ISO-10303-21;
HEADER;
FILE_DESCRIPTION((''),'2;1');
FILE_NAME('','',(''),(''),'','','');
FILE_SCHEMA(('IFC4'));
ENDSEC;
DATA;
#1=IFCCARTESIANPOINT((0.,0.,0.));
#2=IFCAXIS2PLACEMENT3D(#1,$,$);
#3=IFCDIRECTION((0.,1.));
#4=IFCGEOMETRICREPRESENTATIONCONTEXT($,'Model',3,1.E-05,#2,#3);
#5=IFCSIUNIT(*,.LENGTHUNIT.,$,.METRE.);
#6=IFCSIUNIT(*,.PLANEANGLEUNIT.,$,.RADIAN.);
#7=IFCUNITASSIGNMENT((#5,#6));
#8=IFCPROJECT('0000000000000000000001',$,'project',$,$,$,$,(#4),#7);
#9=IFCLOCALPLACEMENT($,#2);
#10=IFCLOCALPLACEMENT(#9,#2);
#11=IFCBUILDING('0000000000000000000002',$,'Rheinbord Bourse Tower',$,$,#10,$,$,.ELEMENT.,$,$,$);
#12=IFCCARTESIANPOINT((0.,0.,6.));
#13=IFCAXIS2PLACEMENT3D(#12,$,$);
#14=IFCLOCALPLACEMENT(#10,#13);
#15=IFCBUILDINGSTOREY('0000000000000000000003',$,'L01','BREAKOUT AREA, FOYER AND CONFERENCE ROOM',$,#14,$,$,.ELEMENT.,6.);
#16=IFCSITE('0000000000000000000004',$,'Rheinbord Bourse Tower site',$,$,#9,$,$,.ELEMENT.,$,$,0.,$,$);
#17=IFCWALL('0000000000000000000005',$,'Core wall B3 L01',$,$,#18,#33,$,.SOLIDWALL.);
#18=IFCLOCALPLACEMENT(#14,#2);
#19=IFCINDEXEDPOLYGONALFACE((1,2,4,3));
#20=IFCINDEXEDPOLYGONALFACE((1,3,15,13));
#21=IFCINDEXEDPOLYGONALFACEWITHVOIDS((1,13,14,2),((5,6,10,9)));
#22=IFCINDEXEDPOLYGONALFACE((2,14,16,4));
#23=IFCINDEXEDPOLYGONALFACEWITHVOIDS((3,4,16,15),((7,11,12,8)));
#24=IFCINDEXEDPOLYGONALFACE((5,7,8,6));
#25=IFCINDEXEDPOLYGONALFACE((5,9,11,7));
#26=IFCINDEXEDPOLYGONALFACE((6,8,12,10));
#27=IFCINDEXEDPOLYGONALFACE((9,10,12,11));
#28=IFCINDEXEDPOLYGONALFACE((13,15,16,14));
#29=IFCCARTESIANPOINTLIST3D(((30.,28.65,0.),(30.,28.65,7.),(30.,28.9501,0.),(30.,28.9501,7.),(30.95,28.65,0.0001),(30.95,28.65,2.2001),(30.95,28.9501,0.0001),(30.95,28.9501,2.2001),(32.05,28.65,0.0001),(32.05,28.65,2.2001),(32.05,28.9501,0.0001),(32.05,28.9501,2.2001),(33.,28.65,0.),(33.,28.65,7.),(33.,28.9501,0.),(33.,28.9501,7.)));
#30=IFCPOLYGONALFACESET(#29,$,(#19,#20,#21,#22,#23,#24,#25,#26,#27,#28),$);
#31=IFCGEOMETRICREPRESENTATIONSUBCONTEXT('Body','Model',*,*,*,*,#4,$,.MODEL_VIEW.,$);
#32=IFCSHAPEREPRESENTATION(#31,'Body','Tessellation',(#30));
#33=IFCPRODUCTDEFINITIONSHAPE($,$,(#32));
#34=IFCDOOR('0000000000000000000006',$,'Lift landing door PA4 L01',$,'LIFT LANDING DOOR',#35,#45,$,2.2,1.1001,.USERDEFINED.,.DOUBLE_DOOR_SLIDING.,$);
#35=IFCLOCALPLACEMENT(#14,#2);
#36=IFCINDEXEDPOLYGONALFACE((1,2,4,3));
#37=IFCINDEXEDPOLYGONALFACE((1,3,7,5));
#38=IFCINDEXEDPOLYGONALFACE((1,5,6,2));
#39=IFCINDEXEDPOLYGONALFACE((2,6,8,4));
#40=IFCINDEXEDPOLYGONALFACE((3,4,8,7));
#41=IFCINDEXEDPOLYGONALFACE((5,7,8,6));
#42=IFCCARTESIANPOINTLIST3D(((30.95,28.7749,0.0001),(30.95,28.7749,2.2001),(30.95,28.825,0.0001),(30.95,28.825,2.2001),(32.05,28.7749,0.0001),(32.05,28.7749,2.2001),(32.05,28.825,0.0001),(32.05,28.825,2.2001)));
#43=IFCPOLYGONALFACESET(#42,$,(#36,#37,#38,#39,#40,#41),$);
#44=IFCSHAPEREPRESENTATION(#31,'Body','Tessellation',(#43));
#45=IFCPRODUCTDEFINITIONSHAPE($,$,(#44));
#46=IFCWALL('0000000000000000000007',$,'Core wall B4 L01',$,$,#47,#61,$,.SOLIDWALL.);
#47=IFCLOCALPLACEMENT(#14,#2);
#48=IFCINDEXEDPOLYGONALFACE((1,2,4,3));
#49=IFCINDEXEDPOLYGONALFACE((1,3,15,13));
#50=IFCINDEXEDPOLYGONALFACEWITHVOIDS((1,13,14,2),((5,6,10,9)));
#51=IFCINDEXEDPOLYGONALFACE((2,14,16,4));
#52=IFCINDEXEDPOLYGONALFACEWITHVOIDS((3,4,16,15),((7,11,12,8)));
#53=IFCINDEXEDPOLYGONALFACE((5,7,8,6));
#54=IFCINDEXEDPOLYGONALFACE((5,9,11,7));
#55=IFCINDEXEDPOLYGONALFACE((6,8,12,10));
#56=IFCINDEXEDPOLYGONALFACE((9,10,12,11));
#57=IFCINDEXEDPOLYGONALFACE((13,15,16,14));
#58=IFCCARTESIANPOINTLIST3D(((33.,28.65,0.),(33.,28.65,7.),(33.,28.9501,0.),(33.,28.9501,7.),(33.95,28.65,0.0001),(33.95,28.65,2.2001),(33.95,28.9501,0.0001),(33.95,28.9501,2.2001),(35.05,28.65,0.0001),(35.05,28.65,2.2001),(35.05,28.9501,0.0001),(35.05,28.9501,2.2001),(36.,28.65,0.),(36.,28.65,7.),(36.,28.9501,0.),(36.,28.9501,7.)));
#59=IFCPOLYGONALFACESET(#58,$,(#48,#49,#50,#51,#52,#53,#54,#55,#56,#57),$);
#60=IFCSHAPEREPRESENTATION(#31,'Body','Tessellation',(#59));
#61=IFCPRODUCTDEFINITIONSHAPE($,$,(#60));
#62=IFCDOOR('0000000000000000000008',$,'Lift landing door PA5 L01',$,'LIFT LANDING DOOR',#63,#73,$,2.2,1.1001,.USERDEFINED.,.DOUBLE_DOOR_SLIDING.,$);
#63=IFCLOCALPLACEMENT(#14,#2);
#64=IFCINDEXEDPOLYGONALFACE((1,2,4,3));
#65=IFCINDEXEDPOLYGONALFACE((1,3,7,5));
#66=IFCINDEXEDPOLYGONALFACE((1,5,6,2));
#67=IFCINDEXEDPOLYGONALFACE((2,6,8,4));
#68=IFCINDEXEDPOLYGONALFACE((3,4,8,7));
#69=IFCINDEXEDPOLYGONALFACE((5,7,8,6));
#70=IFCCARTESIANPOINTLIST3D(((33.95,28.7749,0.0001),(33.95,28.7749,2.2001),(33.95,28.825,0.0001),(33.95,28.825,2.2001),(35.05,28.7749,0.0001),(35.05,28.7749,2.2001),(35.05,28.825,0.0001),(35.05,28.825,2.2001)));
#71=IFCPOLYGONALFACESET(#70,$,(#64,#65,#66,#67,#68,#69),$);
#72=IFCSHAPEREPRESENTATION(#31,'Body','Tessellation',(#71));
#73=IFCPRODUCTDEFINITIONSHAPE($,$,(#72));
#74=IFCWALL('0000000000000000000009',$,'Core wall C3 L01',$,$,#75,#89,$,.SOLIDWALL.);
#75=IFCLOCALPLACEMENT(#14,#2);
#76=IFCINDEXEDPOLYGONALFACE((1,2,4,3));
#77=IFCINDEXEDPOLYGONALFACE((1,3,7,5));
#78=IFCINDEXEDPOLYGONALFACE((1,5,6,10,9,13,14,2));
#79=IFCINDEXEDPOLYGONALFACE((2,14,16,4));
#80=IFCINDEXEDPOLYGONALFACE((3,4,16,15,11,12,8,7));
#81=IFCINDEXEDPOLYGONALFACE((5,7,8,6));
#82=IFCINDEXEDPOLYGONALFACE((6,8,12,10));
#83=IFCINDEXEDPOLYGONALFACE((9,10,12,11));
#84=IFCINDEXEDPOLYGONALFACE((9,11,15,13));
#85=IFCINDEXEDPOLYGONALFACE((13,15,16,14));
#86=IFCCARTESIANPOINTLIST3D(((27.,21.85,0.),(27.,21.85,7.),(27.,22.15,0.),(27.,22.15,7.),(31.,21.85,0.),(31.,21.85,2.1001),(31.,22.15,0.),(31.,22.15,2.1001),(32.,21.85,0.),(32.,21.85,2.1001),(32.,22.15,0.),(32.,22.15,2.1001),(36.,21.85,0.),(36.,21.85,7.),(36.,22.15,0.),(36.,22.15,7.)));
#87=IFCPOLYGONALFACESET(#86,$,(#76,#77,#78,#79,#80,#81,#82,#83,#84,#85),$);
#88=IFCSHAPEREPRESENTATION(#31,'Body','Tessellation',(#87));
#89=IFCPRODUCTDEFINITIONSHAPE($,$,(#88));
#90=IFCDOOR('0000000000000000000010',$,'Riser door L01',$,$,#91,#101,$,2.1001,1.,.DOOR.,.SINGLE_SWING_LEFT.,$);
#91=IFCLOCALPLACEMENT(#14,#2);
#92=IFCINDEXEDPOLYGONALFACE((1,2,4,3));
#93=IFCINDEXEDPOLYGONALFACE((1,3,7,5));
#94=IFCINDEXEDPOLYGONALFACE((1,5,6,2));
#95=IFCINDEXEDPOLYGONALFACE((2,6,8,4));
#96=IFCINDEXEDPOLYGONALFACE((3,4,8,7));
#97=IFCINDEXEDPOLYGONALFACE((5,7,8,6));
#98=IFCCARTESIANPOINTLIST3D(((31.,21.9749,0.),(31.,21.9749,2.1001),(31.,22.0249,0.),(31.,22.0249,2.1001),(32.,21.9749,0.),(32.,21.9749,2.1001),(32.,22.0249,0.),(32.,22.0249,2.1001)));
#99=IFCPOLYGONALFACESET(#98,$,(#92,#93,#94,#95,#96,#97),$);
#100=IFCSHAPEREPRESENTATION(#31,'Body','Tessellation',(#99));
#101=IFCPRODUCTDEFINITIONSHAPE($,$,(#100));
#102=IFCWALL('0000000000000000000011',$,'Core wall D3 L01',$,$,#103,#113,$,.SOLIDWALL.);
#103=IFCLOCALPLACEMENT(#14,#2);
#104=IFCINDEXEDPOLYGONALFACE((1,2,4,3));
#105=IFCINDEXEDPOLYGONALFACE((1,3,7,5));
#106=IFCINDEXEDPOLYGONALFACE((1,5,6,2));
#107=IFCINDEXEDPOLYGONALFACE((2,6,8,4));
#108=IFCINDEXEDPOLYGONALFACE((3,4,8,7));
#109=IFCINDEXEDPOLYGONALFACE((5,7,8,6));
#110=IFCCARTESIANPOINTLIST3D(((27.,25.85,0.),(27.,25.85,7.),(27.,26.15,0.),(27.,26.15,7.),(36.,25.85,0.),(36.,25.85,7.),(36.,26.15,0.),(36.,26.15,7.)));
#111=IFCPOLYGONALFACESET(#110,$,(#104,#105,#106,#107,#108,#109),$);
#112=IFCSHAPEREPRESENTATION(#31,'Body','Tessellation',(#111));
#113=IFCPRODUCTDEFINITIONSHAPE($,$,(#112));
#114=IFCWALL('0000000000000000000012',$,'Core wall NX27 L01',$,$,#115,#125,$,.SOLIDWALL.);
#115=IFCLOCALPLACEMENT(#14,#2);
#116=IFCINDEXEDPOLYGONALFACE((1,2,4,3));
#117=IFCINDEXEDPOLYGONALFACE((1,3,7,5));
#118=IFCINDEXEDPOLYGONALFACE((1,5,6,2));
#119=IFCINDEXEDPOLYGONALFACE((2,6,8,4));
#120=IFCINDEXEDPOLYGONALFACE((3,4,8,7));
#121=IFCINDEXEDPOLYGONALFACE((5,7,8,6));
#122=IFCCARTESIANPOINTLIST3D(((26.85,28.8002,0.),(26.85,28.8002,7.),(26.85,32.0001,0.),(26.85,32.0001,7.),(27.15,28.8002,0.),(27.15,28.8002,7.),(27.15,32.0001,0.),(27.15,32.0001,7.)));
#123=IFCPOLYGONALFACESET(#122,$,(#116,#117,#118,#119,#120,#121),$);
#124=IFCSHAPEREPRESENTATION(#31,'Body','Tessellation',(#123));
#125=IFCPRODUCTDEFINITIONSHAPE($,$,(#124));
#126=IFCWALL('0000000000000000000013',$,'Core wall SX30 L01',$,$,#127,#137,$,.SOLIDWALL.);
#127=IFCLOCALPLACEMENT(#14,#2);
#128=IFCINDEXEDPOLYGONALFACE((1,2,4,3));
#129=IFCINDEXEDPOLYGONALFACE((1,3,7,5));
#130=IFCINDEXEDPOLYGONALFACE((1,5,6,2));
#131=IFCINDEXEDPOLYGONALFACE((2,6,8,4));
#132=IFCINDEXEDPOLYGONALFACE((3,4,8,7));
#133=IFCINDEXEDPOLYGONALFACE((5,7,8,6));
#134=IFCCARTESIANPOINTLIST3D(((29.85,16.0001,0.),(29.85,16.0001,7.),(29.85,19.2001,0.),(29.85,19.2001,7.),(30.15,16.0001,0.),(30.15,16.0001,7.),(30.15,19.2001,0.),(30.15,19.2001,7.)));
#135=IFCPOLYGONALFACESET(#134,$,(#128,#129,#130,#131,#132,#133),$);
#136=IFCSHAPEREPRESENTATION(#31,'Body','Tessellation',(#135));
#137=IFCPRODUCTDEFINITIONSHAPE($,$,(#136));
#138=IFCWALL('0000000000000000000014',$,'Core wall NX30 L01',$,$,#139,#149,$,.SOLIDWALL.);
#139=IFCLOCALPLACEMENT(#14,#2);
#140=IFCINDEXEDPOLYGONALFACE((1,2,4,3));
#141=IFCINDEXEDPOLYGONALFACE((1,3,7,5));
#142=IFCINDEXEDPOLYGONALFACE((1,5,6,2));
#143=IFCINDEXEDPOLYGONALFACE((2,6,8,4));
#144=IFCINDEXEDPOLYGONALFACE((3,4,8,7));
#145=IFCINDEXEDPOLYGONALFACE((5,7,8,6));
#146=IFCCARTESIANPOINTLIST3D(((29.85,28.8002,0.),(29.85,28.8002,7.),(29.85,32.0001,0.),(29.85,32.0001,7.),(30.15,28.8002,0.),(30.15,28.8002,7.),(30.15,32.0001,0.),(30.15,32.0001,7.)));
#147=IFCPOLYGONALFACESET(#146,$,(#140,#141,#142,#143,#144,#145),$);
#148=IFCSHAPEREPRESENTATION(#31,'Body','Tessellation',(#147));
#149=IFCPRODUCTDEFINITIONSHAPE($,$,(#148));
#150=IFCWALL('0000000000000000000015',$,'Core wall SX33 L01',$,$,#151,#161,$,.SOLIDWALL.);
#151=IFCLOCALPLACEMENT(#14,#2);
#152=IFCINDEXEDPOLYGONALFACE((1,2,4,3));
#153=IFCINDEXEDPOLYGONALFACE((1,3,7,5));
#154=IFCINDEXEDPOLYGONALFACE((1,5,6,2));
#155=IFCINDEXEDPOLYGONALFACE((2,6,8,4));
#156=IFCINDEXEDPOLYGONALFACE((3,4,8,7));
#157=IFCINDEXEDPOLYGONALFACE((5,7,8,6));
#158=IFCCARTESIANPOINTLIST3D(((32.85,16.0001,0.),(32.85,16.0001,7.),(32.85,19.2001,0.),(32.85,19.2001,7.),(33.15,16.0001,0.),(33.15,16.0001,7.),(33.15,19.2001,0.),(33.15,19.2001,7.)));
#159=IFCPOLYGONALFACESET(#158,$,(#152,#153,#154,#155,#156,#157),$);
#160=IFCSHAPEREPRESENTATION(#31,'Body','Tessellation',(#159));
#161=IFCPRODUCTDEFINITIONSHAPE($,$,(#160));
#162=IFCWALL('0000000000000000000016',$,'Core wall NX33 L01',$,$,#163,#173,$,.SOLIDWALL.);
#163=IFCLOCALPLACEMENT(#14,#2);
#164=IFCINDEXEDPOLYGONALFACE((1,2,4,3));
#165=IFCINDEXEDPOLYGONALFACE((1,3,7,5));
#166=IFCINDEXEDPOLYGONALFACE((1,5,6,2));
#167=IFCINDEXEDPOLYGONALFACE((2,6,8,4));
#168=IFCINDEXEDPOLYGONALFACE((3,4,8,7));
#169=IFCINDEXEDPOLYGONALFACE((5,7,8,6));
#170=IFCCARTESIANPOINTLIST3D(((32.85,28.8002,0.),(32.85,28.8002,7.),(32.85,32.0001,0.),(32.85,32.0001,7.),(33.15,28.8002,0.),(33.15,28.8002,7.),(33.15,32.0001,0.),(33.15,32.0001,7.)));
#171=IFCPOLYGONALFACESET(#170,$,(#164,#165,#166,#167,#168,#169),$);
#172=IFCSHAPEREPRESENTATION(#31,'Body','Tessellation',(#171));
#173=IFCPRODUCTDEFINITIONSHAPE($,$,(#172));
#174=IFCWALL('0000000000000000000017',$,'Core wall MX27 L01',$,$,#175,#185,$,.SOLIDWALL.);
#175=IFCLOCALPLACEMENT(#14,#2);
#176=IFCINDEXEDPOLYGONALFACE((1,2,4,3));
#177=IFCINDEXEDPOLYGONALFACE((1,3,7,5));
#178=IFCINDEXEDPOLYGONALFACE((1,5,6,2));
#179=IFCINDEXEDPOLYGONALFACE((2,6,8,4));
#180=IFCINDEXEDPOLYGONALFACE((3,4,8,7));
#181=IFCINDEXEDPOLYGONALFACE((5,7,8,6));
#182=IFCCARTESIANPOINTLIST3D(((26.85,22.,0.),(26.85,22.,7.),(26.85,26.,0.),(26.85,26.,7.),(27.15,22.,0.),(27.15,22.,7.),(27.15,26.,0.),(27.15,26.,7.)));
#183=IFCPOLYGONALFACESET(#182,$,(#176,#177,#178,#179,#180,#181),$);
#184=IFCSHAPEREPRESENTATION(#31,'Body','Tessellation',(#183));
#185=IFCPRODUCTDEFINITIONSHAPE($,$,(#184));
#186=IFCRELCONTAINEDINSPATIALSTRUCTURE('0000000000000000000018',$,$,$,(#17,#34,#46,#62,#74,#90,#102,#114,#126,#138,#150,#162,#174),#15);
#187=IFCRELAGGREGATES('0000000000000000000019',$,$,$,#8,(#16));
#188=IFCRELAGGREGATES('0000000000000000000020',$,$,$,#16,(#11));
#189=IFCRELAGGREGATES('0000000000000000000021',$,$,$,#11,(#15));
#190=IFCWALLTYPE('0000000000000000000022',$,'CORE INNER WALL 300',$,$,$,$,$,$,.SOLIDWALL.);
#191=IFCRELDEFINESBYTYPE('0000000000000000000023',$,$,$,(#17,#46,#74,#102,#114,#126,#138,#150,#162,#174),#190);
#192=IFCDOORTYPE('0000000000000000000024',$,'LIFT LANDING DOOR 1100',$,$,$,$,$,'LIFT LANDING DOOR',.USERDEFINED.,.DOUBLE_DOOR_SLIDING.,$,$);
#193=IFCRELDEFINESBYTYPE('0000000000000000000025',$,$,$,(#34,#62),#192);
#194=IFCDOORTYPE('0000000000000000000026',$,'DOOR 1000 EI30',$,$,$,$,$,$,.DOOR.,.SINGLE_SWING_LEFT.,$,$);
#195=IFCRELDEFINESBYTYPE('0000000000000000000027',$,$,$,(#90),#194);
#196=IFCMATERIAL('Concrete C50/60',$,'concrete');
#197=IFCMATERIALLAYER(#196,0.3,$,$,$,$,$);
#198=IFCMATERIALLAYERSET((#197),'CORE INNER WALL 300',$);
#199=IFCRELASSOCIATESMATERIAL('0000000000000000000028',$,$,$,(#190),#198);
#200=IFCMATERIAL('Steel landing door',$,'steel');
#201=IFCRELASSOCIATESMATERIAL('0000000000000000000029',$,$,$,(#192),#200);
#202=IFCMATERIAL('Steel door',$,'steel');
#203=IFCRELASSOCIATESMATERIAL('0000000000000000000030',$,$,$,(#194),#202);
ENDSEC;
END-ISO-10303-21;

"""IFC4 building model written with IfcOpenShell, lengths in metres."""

from ifc_helpers import new_model, si_unit, direction, frame, frame_2d, origin, place, context, subcontext, project, spatial, rectangle, extrude, material, layer, layer_set, type_object, element, fill, save


model = new_model("IFC4")

# Units and contexts
model_context = context("Model", 3, precision=1e-05, world=origin(), true_north=direction((0.0, 1.0)))
body_context = subcontext(model_context, "Body", "Model", "MODEL_VIEW")
ifc_project = project(units=[si_unit("LENGTHUNIT", "METRE"), si_unit("PLANEANGLEUNIT", "RADIAN")], contexts=[model_context])

# Site, building, storey
site_placement = place(None, origin())
site = spatial("IfcSite", under=ifc_project, at=site_placement, Name="Rheinbord Bourse Tower site", CompositionType="ELEMENT", RefElevation=0.0)
building_placement = place(site_placement, origin())
building = spatial("IfcBuilding", under=site, at=building_placement, Name="Rheinbord Bourse Tower", CompositionType="ELEMENT")
storey_placement = place(building_placement, frame((0.0, 0.0, 6.0)))
storey = spatial("IfcBuildingStorey", under=building, at=storey_placement, Name="L01", Description="BREAKOUT AREA, FOYER AND CONFERENCE ROOM", CompositionType="ELEMENT", Elevation=6.0)

# Walls, openings, doors
ifc_material_1 = material(Name="Concrete C50/60", Category="concrete")
ifc_layer_1 = layer(ifc_material_1, 0.3)
ifc_layer_set_1 = layer_set([ifc_layer_1], Name="CORE INNER WALL 300")
wall_type_1 = type_object("IfcWallType", Name="CORE INNER WALL 300", PredefinedType="SOLIDWALL", material=ifc_layer_set_1)
ifc_material_2 = material(Name="Steel landing door", Category="steel")
door_type_1 = type_object("IfcDoorType", Name="LIFT LANDING DOOR 1100", ElementType="LIFT LANDING DOOR", OperationType="DOUBLE_DOOR_SLIDING", PredefinedType="USERDEFINED", material=ifc_material_2)
wall_1_placement = place(storey_placement, frame((30.0, 28.8, 0.0), z_axis=(0.0, 0.0, 1.0), x_axis=(1.0, 0.0, 0.0)))
wall_1 = element("IfcWall", 1, at=wall_1_placement, inside=storey, type_object=wall_type_1, Name="Core wall B3 L01", PredefinedType="SOLIDWALL", context=body_context, shape_type="SweptSolid", body=[
    extrude(rectangle(XDim=3.0, YDim=0.3, at=frame_2d((1.5, 0.0))), origin(), (0.0, 0.0, 1.0), 7.0),
])
opening_1_placement = place(wall_1_placement, frame((0.95, 0.0, 0.0)))
opening_1 = element("IfcOpeningElement", 2, at=opening_1_placement, cuts=wall_1, PredefinedType="OPENING", context=body_context, shape_type="SweptSolid", body=[
    extrude(rectangle(XDim=1.1001, YDim=2.2, at=frame_2d((0.55, 1.1001))), frame((0.0, 0.1599, 0.0), z_axis=(0.0, -1.0, 0.0), x_axis=(1.0, 0.0, 0.0)), (0.0, 0.0, 1.0), 0.3201),
])
door_1_placement = place(opening_1_placement, origin())
door_1 = element("IfcDoor", 3, at=door_1_placement, inside=storey, type_object=door_type_1, Name="Lift landing door PA4 L01", ObjectType="LIFT LANDING DOOR", OperationType="DOUBLE_DOOR_SLIDING", OverallHeight=2.2, OverallWidth=1.1001, PredefinedType="USERDEFINED", context=body_context, shape_type="SweptSolid", body=[
    extrude(rectangle(XDim=1.1001, YDim=2.2, at=frame_2d((0.55, 1.1001))), frame((0.0, 0.0249, 0.0), z_axis=(0.0, -1.0, 0.0), x_axis=(1.0, 0.0, 0.0)), (0.0, 0.0, 1.0), 0.05),
])
fill(opening_1, door_1)
wall_2_placement = place(storey_placement, frame((33.0, 28.8, 0.0), z_axis=(0.0, 0.0, 1.0), x_axis=(1.0, 0.0, 0.0)))
wall_2 = element("IfcWall", 4, at=wall_2_placement, inside=storey, type_object=wall_type_1, Name="Core wall B4 L01", PredefinedType="SOLIDWALL", context=body_context, shape_type="SweptSolid", body=[
    extrude(rectangle(XDim=3.0, YDim=0.3, at=frame_2d((1.5, 0.0))), origin(), (0.0, 0.0, 1.0), 7.0),
])
opening_2_placement = place(wall_2_placement, frame((0.95, 0.0, 0.0)))
opening_2 = element("IfcOpeningElement", 5, at=opening_2_placement, cuts=wall_2, PredefinedType="OPENING", context=body_context, shape_type="SweptSolid", body=[
    extrude(rectangle(XDim=1.1001, YDim=2.2, at=frame_2d((0.55, 1.1001))), frame((0.0, 0.1599, 0.0), z_axis=(0.0, -1.0, 0.0), x_axis=(1.0, 0.0, 0.0)), (0.0, 0.0, 1.0), 0.3201),
])
door_2_placement = place(opening_2_placement, origin())
door_2 = element("IfcDoor", 6, at=door_2_placement, inside=storey, type_object=door_type_1, Name="Lift landing door PA5 L01", ObjectType="LIFT LANDING DOOR", OperationType="DOUBLE_DOOR_SLIDING", OverallHeight=2.2, OverallWidth=1.1001, PredefinedType="USERDEFINED", context=body_context, shape_type="SweptSolid", body=[
    extrude(rectangle(XDim=1.1001, YDim=2.2, at=frame_2d((0.55, 1.1001))), frame((0.0, 0.0249, 0.0), z_axis=(0.0, -1.0, 0.0), x_axis=(1.0, 0.0, 0.0)), (0.0, 0.0, 1.0), 0.05),
])
fill(opening_2, door_2)
wall_3_placement = place(storey_placement, frame((27.0, 22.0, 0.0), z_axis=(0.0, 0.0, 1.0), x_axis=(1.0, 0.0, 0.0)))
wall_3 = element("IfcWall", 7, at=wall_3_placement, inside=storey, type_object=wall_type_1, Name="Core wall C3 L01", PredefinedType="SOLIDWALL", context=body_context, shape_type="SweptSolid", body=[
    extrude(rectangle(XDim=9.0, YDim=0.3, at=frame_2d((4.5, 0.0))), origin(), (0.0, 0.0, 1.0), 7.0),
])
opening_3_placement = place(wall_3_placement, frame((4.0, 0.0, 0.0)))
opening_3 = element("IfcOpeningElement", 8, at=opening_3_placement, cuts=wall_3, PredefinedType="OPENING", context=body_context, shape_type="SweptSolid", body=[
    extrude(rectangle(XDim=1.0, YDim=2.1001, at=frame_2d((0.5, 1.05))), frame((0.0, 0.1599, 0.0), z_axis=(0.0, -1.0, 0.0), x_axis=(1.0, 0.0, 0.0)), (0.0, 0.0, 1.0), 0.3201),
])
ifc_material_3 = material(Name="Steel door", Category="steel")
door_type_2 = type_object("IfcDoorType", Name="DOOR 1000 EI30", OperationType="SINGLE_SWING_LEFT", PredefinedType="DOOR", material=ifc_material_3)
door_3_placement = place(opening_3_placement, origin())
door_3 = element("IfcDoor", 9, at=door_3_placement, inside=storey, type_object=door_type_2, Name="Riser door L01", OperationType="SINGLE_SWING_LEFT", OverallHeight=2.1001, OverallWidth=1.0, PredefinedType="DOOR", context=body_context, shape_type="SweptSolid", body=[
    extrude(rectangle(XDim=1.0, YDim=2.1001, at=frame_2d((0.5, 1.05))), frame((0.0, 0.0249, 0.0), z_axis=(0.0, -1.0, 0.0), x_axis=(1.0, 0.0, 0.0)), (0.0, 0.0, 1.0), 0.05),
])
fill(opening_3, door_3)

# Walls
wall_4_placement = place(storey_placement, frame((27.0, 26.0, 0.0), z_axis=(0.0, 0.0, 1.0), x_axis=(1.0, 0.0, 0.0)))
element("IfcWall", 10, at=wall_4_placement, inside=storey, type_object=wall_type_1, Name="Core wall D3 L01", PredefinedType="SOLIDWALL", context=body_context, shape_type="SweptSolid", body=[
    extrude(rectangle(XDim=9.0, YDim=0.3, at=frame_2d((4.5, 0.0))), origin(), (0.0, 0.0, 1.0), 7.0),
])
for number, where, z_axis, x_axis, name in (
    (11, (27.0, 28.8, 0.0), (0.0, 0.0, 1.0), (0.0, 1.0, 0.0), "Core wall NX27 L01"),
    (12, (30.0, 16.0, 0.0), (0.0, 0.0, 1.0), (0.0, 1.0, 0.0), "Core wall SX30 L01"),
    (13, (30.0, 28.8, 0.0), (0.0, 0.0, 1.0), (0.0, 1.0, 0.0), "Core wall NX30 L01"),
    (14, (33.0, 16.0, 0.0), (0.0, 0.0, 1.0), (0.0, 1.0, 0.0), "Core wall SX33 L01"),
    (15, (33.0, 28.8, 0.0), (0.0, 0.0, 1.0), (0.0, 1.0, 0.0), "Core wall NX33 L01"),
):
    element("IfcWall", number, at=place(storey_placement, frame(where, z_axis=z_axis, x_axis=x_axis)), inside=storey, type_object=wall_type_1, Name=name, PredefinedType="SOLIDWALL", context=body_context, shape_type="SweptSolid", body=[
        extrude(rectangle(XDim=3.2, YDim=0.3, at=frame_2d((1.6001, 0.0))), origin(), (0.0, 0.0, 1.0), 7.0),
    ])
wall_5_placement = place(storey_placement, frame((27.0, 22.0, 0.0), z_axis=(0.0, 0.0, 1.0), x_axis=(0.0, 1.0, 0.0)))
element("IfcWall", 16, at=wall_5_placement, inside=storey, type_object=wall_type_1, Name="Core wall MX27 L01", PredefinedType="SOLIDWALL", context=body_context, shape_type="SweptSolid", body=[
    extrude(rectangle(XDim=4.0, YDim=0.3, at=frame_2d((2.0, 0.0))), origin(), (0.0, 0.0, 1.0), 7.0),
])

save(model, "model.ifc")
